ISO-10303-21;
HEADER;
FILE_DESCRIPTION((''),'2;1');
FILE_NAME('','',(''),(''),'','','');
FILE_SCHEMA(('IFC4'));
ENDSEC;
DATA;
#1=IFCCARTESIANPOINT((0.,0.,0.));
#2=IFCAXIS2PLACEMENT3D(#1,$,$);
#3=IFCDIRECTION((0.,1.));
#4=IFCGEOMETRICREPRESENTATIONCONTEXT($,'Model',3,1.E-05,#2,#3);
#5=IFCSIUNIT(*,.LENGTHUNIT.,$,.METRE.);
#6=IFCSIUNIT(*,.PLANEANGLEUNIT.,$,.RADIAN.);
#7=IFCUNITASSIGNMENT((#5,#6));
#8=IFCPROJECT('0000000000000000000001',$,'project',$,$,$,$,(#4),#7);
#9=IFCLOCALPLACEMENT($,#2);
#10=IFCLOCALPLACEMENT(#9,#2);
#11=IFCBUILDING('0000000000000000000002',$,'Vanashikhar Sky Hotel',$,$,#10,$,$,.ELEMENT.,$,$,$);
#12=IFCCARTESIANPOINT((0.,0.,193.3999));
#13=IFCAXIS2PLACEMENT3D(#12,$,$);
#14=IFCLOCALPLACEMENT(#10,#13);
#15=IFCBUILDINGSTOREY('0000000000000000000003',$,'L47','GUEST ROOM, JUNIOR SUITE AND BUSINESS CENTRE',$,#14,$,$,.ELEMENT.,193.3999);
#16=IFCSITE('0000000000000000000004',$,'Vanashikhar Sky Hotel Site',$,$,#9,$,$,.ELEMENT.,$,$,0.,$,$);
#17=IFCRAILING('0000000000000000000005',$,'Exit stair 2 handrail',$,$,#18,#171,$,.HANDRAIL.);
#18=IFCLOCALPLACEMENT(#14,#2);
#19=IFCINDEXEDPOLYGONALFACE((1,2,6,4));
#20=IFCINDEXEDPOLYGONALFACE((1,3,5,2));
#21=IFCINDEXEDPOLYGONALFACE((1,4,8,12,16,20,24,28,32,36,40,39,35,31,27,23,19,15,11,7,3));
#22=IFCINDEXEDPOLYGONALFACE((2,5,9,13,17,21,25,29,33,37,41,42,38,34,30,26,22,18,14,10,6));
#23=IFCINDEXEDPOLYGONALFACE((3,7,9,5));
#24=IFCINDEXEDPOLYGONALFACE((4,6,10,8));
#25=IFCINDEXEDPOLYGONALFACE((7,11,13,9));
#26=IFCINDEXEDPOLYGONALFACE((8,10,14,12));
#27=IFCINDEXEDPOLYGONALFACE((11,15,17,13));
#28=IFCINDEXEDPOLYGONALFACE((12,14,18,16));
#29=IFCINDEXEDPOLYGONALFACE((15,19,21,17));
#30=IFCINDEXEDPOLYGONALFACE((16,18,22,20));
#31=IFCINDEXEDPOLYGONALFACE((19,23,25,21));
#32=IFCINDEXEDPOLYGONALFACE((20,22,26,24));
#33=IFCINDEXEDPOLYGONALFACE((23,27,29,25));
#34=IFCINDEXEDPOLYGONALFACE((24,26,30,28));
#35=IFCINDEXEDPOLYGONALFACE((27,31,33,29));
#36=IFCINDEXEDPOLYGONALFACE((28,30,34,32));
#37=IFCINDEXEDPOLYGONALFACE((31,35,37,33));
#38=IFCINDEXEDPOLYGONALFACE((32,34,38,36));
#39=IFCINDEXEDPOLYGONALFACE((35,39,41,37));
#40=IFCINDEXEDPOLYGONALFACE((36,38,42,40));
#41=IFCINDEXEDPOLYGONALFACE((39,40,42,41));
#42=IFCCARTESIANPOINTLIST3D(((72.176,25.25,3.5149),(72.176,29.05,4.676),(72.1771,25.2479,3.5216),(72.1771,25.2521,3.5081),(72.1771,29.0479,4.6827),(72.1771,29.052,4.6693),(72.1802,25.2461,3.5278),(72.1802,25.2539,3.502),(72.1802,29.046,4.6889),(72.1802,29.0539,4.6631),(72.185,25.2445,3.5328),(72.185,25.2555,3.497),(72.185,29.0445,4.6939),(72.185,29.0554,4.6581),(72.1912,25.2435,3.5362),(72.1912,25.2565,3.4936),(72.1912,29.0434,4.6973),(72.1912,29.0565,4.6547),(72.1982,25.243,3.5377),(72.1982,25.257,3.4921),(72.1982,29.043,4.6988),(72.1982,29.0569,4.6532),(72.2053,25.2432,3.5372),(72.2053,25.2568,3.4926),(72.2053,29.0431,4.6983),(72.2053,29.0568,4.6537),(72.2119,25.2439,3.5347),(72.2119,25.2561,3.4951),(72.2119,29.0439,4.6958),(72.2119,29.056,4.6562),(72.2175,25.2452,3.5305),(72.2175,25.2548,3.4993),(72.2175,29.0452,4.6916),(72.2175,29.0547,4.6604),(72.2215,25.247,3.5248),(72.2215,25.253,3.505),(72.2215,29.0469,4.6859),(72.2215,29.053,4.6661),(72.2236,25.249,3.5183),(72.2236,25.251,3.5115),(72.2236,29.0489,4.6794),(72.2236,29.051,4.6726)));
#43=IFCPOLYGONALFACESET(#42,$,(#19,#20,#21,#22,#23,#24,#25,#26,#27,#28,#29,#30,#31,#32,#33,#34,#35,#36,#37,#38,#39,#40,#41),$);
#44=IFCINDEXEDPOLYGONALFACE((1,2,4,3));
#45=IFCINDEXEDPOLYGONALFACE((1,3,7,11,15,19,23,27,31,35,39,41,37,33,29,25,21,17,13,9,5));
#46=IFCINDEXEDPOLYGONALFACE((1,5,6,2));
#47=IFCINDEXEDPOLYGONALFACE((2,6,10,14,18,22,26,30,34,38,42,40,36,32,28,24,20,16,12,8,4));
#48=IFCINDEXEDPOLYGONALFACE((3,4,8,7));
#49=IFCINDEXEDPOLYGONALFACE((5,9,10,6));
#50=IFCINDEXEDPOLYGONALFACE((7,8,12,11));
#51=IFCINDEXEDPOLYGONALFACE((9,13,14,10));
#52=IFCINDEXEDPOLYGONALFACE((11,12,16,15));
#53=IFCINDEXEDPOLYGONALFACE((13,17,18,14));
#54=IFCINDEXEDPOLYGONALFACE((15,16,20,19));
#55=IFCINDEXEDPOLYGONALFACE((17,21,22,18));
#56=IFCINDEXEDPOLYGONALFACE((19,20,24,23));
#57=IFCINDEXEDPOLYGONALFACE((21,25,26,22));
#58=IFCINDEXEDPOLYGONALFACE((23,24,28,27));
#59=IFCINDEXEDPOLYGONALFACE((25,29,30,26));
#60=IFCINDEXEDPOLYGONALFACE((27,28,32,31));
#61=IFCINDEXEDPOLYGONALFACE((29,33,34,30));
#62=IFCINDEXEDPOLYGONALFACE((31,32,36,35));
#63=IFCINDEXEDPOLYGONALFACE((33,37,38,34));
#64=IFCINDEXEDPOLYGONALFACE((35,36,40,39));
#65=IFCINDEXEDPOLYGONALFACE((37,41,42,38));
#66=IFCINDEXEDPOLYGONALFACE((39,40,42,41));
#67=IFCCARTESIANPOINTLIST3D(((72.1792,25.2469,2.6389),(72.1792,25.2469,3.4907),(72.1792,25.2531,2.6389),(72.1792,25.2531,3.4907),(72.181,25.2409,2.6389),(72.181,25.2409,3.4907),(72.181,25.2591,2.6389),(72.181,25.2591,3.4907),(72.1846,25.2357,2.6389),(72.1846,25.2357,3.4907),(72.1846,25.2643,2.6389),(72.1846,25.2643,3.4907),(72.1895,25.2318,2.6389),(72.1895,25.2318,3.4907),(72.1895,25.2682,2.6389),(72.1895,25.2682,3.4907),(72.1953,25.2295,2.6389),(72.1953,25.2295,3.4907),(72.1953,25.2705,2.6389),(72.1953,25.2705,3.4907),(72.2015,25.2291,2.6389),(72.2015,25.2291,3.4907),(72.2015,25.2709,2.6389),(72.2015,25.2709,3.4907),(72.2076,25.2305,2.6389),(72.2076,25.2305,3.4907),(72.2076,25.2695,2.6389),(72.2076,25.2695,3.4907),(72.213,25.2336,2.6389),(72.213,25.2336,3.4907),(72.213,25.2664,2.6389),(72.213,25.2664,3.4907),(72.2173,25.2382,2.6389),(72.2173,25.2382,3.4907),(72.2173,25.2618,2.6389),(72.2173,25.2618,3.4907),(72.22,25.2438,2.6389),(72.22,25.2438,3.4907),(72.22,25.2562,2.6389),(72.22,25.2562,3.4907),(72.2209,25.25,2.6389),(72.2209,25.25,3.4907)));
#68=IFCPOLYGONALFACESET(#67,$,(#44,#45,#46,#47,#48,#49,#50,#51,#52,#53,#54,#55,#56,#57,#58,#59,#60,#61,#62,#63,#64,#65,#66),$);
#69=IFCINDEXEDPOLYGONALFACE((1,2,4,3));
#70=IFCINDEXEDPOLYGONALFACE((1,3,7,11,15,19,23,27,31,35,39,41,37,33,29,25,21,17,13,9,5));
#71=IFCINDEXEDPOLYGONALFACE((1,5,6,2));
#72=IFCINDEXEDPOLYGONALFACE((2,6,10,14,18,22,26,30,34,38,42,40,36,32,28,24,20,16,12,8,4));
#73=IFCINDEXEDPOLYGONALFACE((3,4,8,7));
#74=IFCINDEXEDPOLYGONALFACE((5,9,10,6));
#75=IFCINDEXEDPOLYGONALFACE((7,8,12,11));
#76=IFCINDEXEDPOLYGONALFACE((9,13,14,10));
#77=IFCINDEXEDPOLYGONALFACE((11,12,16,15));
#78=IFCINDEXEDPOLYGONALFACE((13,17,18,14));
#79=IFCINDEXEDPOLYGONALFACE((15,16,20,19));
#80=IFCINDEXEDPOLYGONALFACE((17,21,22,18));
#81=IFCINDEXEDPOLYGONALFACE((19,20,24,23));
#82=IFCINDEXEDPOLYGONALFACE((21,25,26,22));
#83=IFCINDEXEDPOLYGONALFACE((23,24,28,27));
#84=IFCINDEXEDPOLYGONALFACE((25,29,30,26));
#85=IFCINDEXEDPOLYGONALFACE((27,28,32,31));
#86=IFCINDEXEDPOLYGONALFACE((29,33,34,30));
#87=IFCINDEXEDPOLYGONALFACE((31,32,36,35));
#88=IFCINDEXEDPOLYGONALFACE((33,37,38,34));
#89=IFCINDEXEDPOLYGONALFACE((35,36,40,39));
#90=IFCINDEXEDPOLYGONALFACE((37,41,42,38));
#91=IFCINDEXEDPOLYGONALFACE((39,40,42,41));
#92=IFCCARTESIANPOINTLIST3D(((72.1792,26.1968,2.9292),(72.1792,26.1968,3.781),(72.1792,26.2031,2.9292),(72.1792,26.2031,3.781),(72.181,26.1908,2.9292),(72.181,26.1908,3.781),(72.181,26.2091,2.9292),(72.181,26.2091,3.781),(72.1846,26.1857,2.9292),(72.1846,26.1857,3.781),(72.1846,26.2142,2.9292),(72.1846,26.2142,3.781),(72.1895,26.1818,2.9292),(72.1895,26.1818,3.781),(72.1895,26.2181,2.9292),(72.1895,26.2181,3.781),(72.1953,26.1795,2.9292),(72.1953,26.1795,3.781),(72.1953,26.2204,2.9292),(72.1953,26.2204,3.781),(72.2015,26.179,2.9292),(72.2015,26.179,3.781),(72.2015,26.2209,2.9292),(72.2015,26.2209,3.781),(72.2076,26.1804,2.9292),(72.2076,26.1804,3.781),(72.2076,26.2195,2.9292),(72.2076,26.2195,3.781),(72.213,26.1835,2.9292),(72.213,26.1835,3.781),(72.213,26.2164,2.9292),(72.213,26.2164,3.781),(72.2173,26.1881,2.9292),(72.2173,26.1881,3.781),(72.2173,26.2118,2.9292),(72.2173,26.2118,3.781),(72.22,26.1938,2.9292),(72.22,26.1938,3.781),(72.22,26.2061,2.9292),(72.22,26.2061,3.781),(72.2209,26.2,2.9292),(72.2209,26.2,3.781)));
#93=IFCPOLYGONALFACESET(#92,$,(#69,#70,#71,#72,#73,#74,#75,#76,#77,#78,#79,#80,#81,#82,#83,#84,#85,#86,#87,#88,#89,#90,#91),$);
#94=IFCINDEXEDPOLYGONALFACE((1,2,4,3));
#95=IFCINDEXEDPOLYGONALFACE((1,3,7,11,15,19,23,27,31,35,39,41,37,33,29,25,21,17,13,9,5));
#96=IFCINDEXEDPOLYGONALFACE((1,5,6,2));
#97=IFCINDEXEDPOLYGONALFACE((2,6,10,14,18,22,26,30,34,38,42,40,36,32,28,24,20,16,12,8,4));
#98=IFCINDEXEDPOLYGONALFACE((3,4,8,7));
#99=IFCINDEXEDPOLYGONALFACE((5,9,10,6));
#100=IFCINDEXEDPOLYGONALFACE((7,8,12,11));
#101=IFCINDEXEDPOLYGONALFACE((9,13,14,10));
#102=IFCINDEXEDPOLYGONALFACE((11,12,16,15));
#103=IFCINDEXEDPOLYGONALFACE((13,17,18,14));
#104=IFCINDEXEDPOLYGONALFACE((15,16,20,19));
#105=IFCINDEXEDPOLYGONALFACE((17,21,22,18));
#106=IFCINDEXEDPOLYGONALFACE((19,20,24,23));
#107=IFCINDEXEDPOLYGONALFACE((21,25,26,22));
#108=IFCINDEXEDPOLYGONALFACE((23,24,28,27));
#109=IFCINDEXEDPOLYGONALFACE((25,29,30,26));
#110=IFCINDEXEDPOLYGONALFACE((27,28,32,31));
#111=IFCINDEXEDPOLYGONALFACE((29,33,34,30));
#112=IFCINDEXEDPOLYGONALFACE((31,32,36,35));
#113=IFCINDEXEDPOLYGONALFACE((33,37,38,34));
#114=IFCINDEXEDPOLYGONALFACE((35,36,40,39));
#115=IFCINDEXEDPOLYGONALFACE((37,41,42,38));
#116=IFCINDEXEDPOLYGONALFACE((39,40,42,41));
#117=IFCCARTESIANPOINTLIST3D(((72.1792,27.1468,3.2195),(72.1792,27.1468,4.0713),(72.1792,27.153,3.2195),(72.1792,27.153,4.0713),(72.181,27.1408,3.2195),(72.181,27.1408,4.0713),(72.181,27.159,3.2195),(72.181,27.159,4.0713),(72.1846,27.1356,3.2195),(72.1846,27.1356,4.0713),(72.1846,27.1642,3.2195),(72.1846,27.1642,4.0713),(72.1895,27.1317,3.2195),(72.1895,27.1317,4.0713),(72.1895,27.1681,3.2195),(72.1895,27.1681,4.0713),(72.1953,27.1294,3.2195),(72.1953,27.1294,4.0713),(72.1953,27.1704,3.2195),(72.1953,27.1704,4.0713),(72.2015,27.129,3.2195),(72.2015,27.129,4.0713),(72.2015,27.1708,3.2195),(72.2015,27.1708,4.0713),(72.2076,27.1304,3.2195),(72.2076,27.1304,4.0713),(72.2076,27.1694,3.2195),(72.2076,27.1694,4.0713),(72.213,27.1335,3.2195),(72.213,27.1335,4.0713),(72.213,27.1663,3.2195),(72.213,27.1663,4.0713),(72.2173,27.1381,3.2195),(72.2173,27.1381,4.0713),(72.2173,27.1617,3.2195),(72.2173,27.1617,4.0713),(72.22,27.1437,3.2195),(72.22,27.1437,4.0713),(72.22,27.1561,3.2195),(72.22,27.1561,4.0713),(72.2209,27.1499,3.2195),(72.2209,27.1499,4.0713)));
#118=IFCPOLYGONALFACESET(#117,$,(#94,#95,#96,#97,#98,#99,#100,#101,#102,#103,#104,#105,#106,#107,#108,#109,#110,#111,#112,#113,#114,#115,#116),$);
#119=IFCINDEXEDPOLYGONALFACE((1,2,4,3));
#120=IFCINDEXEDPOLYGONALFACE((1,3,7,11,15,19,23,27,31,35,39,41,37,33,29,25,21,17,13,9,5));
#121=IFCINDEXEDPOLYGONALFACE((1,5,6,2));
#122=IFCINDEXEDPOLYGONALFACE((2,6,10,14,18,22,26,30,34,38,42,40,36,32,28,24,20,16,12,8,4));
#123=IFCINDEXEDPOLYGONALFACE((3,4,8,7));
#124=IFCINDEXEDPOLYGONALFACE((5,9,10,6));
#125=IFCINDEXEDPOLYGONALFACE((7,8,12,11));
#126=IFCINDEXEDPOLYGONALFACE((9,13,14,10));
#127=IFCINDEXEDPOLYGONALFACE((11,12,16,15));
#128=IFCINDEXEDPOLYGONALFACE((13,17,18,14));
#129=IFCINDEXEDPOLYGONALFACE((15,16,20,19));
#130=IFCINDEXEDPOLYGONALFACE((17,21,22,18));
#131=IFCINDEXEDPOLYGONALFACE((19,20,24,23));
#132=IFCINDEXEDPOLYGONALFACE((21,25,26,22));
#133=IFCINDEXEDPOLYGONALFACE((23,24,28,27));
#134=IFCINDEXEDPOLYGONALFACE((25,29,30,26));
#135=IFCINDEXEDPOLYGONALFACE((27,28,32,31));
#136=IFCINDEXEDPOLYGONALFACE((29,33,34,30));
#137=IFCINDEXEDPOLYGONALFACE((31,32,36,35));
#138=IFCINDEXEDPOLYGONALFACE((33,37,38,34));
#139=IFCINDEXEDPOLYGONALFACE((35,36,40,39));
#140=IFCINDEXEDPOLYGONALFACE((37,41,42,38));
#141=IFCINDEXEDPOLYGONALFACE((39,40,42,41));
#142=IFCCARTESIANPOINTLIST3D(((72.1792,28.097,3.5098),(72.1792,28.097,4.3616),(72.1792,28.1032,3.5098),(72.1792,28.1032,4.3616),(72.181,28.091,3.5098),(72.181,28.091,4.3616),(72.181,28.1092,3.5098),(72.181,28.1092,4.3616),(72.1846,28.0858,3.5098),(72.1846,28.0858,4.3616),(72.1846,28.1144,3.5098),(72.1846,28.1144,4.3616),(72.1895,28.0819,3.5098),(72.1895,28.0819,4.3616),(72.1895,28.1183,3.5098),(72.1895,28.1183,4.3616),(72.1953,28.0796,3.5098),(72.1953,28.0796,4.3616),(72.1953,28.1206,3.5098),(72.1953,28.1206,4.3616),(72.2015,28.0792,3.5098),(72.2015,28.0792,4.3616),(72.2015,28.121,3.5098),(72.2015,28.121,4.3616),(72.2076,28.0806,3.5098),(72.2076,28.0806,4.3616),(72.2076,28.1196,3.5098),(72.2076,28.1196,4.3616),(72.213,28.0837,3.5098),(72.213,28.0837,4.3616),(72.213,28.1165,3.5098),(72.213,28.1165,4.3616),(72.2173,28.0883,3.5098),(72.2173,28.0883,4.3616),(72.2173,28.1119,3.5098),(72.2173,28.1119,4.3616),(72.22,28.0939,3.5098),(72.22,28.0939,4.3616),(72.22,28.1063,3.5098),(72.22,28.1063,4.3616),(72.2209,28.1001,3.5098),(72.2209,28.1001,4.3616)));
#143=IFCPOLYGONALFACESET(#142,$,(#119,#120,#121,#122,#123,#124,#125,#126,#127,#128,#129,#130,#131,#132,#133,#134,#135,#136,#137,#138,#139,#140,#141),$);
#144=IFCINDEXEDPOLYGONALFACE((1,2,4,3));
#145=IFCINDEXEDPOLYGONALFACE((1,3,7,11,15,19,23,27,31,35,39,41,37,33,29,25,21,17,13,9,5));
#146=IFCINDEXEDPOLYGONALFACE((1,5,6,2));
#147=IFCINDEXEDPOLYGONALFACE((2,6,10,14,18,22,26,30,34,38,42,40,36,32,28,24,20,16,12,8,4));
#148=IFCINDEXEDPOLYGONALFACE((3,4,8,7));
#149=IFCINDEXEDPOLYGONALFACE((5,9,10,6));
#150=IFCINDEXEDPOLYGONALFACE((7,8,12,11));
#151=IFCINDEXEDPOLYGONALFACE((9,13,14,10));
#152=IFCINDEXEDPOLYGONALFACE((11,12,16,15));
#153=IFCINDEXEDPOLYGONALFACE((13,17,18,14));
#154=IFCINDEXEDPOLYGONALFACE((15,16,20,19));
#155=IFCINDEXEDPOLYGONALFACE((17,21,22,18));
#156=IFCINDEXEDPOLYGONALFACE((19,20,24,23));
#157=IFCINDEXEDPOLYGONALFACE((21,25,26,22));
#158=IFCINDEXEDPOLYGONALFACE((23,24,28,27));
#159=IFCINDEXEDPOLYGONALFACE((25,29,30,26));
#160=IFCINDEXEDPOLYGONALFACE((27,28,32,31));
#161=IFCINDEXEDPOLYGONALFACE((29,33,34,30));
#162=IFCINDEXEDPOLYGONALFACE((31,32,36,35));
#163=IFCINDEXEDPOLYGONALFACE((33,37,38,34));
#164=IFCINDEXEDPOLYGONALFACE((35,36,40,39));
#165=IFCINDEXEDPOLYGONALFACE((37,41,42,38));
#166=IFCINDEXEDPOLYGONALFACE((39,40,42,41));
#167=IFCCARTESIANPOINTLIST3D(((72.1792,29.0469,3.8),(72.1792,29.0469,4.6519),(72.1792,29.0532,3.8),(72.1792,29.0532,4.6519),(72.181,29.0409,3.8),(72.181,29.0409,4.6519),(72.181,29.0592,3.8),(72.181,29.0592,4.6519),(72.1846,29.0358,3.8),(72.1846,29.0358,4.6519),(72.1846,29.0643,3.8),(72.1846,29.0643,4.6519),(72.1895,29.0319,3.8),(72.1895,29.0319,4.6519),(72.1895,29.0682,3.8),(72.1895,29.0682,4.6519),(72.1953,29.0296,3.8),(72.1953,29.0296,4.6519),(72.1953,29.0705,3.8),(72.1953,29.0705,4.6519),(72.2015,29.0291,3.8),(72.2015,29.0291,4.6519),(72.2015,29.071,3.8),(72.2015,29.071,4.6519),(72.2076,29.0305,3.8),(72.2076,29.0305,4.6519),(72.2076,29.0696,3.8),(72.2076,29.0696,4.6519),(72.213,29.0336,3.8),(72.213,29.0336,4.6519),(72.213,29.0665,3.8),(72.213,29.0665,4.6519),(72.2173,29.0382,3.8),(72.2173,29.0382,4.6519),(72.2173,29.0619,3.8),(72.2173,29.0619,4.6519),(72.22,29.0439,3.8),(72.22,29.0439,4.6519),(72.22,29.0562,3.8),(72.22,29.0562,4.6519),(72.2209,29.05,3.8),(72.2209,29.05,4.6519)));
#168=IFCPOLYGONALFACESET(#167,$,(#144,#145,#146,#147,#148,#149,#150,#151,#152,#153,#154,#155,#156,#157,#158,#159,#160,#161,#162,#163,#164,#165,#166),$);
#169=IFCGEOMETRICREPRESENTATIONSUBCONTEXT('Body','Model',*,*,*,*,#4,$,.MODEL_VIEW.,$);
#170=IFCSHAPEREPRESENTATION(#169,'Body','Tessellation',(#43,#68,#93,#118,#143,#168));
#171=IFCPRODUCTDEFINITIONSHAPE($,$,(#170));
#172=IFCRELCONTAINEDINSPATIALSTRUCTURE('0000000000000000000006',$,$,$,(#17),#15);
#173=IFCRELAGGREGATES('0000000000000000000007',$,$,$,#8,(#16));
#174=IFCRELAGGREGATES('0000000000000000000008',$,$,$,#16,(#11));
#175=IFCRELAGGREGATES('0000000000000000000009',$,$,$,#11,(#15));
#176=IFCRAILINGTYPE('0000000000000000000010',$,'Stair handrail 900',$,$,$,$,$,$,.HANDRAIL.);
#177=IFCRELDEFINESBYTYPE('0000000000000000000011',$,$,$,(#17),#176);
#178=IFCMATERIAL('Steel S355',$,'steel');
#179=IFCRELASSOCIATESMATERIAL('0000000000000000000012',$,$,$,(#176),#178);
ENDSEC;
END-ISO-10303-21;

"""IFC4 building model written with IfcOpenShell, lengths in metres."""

from ifc_helpers import new_model, si_unit, direction, frame, origin, origin_2d, place, context, subcontext, project, spatial, circle, extrude, source, transform, mapped, material, type_object, element, save


model = new_model("IFC4")

# Units and contexts
model_context = context("Model", 3, precision=1e-05, world=origin(), true_north=direction((0.0, 1.0)))
body_context = subcontext(model_context, "Body", "Model", "MODEL_VIEW")
ifc_project = project(units=[si_unit("LENGTHUNIT", "METRE"), si_unit("PLANEANGLEUNIT", "RADIAN")], contexts=[model_context])

# Site, building, storey
site_placement = place(None, origin())
site = spatial("IfcSite", under=ifc_project, at=site_placement, Name="Vanashikhar Sky Hotel Site", CompositionType="ELEMENT", RefElevation=0.0)
building_placement = place(site_placement, origin())
building = spatial("IfcBuilding", under=site, at=building_placement, Name="Vanashikhar Sky Hotel", CompositionType="ELEMENT")
storey_placement = place(building_placement, frame((0.0, 0.0, 193.3999)))
storey = spatial("IfcBuildingStorey", under=building, at=storey_placement, Name="L47", Description="GUEST ROOM, JUNIOR SUITE AND BUSINESS CENTRE", CompositionType="ELEMENT", Elevation=193.3999)

# Railing
ifc_material_1 = material(Name="Steel S355", Category="steel")
railing_type_1 = type_object("IfcRailingType", Name="Stair handrail 900", PredefinedType="HANDRAIL", material=ifc_material_1)
shared_shape_1 = source(origin(), body_context, "Body", "SweptSolid", [
    extrude(circle(Radius=0.0239, at=origin_2d()), frame((0.0, 0.0, 0.876), z_axis=(0.0, 0.956351, 0.29222), x_axis=(-1.0, 0.0, 0.0)), (0.0, 0.0, 1.0), 3.9734),
    extrude(circle(Radius=0.021, at=origin_2d()), origin(), (0.0, 0.0, 1.0), 0.8518),
    extrude(circle(Radius=0.021, at=origin_2d()), frame((0.0, 0.95, 0.2903)), (0.0, 0.0, 1.0), 0.8518),
    extrude(circle(Radius=0.021, at=origin_2d()), frame((0.0, 1.8999, 0.5806)), (0.0, 0.0, 1.0), 0.8518),
    extrude(circle(Radius=0.021, at=origin_2d()), frame((0.0, 2.8501, 0.8708)), (0.0, 0.0, 1.0), 0.8518),
    extrude(circle(Radius=0.021, at=origin_2d()), frame((0.0, 3.8, 1.1611)), (0.0, 0.0, 1.0), 0.8518),
])
for number, where, name in (
    (1, (72.2, 25.25, 2.6389), "Exit stair 2 handrail"),
):
    element("IfcRailing", number, at=place(storey_placement, frame(where)), inside=storey, type_object=railing_type_1, Name=name, PredefinedType="HANDRAIL", context=body_context, shape_type="MappedRepresentation", body=[
        mapped(shared_shape_1, transform((0.0, 0.0, 0.0), scale=1.0)),
    ])

save(model, "model.ifc")
